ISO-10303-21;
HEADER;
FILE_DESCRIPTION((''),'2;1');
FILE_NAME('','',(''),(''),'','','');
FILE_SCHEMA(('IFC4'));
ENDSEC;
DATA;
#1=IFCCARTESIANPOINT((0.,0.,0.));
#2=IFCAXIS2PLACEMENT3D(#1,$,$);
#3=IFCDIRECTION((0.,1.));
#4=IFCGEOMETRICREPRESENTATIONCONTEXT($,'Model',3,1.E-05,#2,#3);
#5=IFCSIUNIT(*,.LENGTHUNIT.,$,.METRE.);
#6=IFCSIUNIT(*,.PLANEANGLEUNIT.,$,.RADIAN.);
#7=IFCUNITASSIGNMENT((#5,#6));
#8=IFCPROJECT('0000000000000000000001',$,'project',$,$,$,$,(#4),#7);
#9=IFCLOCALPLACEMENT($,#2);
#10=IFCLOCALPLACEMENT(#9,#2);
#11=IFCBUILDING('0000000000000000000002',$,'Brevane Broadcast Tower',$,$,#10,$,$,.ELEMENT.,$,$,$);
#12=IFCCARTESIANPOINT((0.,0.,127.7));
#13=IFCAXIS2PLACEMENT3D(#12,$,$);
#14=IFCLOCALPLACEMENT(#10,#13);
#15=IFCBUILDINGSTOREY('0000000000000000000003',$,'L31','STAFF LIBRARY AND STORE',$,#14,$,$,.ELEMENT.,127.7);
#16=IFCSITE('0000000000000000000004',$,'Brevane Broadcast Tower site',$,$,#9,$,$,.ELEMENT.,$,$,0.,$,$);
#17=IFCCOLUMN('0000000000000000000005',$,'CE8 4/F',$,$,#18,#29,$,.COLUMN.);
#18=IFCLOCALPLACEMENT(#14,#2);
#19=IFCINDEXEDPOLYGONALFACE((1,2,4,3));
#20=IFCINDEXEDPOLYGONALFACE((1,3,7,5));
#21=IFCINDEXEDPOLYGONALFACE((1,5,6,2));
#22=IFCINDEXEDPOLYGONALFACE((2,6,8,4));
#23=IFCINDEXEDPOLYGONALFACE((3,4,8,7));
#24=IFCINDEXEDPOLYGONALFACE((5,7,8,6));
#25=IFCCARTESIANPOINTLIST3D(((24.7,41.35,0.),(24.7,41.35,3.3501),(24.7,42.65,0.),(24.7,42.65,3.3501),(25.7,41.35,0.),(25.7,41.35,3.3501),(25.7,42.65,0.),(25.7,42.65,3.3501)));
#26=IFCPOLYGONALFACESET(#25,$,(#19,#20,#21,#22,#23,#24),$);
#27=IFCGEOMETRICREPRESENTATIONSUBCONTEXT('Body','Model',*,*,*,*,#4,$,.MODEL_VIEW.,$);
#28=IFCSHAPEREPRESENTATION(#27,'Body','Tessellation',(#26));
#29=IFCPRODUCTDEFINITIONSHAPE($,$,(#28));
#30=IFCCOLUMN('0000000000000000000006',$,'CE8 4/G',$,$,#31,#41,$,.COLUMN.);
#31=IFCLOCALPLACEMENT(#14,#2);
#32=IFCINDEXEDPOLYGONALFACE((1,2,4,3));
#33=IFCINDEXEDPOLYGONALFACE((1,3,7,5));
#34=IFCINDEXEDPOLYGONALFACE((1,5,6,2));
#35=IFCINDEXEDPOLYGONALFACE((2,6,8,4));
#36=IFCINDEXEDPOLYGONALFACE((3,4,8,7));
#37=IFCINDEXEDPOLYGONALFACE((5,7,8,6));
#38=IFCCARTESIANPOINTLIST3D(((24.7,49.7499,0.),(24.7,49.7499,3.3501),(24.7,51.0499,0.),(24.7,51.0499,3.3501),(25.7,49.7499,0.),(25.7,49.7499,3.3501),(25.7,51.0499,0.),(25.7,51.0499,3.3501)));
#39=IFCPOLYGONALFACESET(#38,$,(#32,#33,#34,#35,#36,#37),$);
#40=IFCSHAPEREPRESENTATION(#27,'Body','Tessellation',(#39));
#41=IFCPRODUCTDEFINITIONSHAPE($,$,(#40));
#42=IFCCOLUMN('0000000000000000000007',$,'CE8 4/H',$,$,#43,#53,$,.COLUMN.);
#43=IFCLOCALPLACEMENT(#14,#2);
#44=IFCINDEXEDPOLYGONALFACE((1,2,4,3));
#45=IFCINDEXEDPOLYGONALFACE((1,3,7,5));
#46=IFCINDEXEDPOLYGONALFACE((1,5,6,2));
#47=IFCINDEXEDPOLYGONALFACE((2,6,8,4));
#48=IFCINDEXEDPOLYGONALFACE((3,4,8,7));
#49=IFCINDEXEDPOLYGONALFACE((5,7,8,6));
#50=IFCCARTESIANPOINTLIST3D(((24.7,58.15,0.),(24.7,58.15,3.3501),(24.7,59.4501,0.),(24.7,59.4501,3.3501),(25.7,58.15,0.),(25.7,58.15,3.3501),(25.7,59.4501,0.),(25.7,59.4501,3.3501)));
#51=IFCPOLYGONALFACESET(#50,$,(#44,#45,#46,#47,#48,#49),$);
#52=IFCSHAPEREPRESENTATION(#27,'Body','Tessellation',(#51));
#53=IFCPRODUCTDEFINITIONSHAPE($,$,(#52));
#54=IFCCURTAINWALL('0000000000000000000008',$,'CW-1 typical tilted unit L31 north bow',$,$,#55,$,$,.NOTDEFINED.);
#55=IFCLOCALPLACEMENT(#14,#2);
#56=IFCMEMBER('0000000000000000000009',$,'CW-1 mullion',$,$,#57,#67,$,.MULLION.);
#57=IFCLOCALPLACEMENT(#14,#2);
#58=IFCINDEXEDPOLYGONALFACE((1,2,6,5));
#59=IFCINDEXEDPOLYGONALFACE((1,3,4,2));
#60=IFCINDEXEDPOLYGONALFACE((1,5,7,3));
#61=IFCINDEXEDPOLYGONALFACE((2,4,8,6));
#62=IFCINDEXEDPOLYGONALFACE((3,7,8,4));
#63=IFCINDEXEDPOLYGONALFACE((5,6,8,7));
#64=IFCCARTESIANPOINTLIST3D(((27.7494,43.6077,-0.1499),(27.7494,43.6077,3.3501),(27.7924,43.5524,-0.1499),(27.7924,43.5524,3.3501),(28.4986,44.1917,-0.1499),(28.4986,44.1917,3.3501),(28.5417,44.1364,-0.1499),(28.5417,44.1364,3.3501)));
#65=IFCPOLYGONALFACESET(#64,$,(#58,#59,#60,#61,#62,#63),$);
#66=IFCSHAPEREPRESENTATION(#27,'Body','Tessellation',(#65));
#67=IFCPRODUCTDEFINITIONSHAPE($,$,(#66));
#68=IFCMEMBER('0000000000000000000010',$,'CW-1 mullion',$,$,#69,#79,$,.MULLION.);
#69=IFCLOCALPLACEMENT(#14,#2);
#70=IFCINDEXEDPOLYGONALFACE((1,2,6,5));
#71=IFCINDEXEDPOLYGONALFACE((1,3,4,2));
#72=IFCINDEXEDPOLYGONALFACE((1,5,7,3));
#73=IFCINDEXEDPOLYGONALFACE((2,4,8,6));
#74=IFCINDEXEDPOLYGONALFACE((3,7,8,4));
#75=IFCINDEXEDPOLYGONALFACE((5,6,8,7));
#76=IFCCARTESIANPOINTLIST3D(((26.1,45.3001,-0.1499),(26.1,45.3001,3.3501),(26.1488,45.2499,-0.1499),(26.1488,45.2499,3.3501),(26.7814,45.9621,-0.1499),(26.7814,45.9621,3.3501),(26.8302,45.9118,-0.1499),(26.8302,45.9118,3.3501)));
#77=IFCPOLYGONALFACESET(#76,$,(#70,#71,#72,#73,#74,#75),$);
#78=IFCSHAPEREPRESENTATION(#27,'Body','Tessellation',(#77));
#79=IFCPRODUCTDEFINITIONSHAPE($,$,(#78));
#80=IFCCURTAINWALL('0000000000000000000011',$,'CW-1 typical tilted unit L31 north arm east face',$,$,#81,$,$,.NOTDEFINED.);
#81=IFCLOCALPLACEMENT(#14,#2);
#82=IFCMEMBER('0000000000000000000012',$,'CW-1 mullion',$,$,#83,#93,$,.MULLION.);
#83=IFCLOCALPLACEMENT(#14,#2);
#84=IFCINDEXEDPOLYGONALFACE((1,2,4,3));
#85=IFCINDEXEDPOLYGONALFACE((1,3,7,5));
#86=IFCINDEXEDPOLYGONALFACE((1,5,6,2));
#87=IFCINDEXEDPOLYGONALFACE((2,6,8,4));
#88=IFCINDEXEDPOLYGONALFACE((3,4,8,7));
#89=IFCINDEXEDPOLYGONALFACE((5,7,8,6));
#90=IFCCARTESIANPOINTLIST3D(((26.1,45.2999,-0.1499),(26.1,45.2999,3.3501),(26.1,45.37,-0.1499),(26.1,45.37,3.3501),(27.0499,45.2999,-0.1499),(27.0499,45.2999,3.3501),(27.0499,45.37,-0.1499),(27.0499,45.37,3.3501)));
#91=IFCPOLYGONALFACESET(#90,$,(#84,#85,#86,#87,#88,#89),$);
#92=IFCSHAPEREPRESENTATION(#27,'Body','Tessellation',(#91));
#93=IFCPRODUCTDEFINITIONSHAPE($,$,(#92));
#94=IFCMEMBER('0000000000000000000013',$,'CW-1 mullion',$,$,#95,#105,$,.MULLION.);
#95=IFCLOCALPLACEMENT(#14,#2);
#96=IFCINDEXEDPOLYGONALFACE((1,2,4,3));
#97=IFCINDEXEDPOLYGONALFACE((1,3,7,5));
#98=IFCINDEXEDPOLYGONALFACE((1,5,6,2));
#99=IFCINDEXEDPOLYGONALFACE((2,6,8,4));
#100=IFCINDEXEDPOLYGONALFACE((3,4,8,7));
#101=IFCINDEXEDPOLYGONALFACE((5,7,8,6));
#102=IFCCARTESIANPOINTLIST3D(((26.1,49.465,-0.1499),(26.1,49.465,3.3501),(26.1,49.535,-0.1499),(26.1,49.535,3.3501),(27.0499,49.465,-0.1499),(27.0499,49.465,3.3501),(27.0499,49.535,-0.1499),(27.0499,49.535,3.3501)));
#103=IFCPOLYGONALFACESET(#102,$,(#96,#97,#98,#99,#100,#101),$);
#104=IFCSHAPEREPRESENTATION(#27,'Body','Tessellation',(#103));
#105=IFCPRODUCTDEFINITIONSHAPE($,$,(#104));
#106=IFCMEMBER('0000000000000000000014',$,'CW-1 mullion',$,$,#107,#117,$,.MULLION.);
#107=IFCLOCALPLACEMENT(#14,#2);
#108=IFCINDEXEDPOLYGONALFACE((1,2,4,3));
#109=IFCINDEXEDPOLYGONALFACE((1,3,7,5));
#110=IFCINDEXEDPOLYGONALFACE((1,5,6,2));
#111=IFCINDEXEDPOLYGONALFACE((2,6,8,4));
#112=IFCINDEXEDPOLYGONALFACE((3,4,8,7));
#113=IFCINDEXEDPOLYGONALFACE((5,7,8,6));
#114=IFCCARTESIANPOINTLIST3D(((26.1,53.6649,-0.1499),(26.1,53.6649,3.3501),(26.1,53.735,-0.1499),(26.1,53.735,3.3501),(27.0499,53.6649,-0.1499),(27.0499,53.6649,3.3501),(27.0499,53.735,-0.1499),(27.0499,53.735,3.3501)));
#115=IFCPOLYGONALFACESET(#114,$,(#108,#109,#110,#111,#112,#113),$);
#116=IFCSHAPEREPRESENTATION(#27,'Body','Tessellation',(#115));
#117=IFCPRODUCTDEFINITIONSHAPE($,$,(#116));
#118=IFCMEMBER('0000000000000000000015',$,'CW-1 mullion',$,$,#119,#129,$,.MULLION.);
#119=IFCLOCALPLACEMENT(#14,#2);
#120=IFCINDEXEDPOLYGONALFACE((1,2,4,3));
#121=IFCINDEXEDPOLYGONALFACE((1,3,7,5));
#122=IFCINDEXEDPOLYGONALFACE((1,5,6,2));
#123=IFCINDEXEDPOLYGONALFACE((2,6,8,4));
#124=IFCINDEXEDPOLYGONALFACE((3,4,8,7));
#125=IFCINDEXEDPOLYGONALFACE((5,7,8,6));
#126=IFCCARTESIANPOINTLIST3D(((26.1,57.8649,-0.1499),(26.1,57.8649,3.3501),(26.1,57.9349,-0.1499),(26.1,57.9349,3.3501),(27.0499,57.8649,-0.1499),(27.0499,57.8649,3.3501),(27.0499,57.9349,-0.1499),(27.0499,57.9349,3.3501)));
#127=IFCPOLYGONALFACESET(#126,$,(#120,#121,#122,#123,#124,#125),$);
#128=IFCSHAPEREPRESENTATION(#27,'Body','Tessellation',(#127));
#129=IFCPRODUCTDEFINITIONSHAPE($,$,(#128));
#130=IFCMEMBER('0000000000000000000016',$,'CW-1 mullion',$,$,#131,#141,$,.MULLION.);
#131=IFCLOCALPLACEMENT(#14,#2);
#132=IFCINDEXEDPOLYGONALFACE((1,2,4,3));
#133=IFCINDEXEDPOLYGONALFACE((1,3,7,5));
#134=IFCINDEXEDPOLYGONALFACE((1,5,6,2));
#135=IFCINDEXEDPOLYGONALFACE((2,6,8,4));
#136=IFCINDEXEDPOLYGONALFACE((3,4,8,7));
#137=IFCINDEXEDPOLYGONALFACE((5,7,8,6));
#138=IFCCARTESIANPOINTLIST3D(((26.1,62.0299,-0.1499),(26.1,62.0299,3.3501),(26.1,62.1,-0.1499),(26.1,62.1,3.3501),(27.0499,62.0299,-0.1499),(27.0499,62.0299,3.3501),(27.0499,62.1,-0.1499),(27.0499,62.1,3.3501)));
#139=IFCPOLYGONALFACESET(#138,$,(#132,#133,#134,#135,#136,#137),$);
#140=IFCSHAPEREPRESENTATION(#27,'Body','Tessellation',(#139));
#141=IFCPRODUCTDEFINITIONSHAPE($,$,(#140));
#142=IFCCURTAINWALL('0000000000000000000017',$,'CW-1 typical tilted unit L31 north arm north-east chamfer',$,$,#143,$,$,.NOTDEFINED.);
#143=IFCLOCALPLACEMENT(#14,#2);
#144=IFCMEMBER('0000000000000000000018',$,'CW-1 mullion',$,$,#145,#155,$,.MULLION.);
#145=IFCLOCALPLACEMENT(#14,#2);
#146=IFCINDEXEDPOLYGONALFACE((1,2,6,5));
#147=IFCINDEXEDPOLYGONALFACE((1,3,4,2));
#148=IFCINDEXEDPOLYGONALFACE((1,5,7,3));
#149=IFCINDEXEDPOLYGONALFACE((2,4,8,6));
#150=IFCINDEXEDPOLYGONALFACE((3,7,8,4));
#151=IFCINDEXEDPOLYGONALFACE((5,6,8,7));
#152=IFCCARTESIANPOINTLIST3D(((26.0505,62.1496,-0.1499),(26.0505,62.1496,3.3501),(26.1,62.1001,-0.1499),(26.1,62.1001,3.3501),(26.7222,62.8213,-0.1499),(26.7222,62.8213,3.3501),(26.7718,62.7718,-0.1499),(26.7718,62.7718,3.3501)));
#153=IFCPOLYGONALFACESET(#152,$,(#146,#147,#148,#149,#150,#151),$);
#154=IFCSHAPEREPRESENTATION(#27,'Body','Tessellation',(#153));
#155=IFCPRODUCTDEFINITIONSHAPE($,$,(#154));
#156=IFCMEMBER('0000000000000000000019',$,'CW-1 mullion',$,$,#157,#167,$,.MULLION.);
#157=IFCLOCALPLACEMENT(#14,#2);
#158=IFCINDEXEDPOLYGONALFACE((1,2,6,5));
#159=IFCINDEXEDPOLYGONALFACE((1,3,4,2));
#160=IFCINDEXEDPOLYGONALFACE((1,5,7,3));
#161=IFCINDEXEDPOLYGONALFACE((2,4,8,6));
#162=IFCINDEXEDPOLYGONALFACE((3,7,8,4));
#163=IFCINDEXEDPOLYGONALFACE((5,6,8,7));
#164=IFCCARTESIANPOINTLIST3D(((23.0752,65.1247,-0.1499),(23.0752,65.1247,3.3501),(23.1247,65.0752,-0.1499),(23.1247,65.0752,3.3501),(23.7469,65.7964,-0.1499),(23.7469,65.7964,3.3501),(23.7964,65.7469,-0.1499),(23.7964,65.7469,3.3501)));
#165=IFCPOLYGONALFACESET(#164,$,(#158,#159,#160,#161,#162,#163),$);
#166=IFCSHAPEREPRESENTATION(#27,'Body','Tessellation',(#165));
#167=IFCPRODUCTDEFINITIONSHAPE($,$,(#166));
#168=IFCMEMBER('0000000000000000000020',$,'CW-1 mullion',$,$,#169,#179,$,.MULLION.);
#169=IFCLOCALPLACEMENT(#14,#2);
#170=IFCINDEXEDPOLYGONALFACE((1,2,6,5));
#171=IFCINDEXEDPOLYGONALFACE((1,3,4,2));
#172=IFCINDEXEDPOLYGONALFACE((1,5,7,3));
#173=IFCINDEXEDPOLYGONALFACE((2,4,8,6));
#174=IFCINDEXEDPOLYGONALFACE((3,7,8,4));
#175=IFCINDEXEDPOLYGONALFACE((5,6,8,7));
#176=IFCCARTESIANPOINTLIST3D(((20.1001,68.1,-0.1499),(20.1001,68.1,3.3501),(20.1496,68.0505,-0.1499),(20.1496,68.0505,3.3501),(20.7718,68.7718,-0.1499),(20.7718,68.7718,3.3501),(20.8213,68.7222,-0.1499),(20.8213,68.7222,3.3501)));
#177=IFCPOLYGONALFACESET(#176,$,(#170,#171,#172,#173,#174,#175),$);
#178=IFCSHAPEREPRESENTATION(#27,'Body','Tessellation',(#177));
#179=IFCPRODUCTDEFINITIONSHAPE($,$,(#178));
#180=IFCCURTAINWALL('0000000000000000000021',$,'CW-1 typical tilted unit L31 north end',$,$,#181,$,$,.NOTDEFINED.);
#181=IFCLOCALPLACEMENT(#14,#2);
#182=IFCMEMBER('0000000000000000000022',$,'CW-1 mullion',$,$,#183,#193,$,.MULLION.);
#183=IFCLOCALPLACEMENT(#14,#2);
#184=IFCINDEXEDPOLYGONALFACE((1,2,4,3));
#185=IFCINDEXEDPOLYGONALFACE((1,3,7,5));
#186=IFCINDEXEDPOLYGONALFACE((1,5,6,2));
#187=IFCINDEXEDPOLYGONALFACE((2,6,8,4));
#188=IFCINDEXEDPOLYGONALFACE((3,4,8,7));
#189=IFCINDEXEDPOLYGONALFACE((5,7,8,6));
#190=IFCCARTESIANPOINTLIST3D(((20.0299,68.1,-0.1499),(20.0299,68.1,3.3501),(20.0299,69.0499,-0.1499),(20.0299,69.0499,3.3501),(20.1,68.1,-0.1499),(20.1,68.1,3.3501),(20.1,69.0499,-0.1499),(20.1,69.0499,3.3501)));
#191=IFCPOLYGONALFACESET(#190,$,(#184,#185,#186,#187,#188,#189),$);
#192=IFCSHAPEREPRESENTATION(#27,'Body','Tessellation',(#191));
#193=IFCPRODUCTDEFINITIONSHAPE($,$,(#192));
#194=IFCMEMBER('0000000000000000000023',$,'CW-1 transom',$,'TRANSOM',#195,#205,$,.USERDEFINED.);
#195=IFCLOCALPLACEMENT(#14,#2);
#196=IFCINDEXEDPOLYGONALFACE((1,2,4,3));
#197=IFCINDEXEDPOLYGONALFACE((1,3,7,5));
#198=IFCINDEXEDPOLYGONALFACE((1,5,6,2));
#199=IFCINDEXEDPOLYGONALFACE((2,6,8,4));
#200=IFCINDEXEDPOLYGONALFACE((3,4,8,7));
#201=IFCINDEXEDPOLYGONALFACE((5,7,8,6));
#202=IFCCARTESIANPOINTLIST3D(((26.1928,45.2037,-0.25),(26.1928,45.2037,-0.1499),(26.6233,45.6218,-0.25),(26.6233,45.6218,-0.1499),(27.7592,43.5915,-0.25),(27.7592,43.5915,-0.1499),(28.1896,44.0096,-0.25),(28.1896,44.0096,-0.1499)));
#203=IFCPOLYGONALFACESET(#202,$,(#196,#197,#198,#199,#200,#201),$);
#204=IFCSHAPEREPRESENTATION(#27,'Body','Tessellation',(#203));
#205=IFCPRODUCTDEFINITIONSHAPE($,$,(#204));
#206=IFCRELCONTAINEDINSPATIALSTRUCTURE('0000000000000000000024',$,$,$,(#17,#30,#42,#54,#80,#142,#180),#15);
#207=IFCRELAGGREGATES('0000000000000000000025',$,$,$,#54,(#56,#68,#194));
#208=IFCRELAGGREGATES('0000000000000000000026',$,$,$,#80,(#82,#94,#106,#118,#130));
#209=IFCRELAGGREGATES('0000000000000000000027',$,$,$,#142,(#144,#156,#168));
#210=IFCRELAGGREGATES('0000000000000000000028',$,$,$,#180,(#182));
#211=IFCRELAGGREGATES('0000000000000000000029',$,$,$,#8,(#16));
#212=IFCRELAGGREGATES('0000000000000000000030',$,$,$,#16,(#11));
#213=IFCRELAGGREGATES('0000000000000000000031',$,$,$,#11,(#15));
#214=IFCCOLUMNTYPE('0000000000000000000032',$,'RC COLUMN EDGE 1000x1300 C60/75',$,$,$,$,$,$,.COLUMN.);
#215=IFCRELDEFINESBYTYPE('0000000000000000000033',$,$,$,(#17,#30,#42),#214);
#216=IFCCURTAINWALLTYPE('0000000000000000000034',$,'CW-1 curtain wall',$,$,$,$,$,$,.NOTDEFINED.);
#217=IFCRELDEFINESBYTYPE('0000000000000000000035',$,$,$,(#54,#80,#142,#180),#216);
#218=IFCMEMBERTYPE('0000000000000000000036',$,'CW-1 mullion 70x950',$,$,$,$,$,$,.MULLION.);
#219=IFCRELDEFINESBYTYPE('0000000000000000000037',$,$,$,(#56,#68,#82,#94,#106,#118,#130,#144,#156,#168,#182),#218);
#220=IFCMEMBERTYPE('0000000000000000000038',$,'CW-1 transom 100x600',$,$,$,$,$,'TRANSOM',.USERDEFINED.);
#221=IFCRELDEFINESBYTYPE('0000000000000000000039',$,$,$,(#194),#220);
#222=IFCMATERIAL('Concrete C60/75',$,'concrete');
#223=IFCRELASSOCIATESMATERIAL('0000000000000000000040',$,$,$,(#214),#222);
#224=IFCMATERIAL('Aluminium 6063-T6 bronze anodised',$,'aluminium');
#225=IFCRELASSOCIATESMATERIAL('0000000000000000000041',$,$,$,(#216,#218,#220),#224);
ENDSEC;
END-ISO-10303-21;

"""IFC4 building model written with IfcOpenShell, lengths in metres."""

from ifc_helpers import new_model, si_unit, direction, frame, origin, origin_2d, place, context, subcontext, project, spatial, rectangle, extrude, material, material_profile, profile_set, type_object, element, aggregate, save


model = new_model("IFC4")

# Units and contexts
model_context = context("Model", 3, precision=1e-05, world=origin(), true_north=direction((0.0, 1.0)))
body_context = subcontext(model_context, "Body", "Model", "MODEL_VIEW")
ifc_project = project(units=[si_unit("LENGTHUNIT", "METRE"), si_unit("PLANEANGLEUNIT", "RADIAN")], contexts=[model_context])

# Site, building, storey
site_placement = place(None, origin())
site = spatial("IfcSite", under=ifc_project, at=site_placement, Name="Brevane Broadcast Tower site", CompositionType="ELEMENT", RefElevation=0.0)
building_placement = place(site_placement, origin())
building = spatial("IfcBuilding", under=site, at=building_placement, Name="Brevane Broadcast Tower", CompositionType="ELEMENT")
storey_placement = place(building_placement, frame((0.0, 0.0, 127.7)))
storey = spatial("IfcBuildingStorey", under=building, at=storey_placement, Name="L31", Description="STAFF LIBRARY AND STORE", CompositionType="ELEMENT", Elevation=127.7)

# Columns
ifc_material_1 = material(Name="Concrete C60/75", Category="concrete")
ifc_material_profile_1 = material_profile(ifc_material_1, rectangle(XDim=1.0, YDim=1.3, at=origin_2d()), Name="RC 1000x1300")
ifc_profile_set_1 = profile_set([ifc_material_profile_1], Name="Concrete C60/75")
column_type = type_object("IfcColumnType", Name="RC COLUMN EDGE 1000x1300 C60/75", PredefinedType="COLUMN", material=ifc_profile_set_1)
for number, where, z_axis, x_axis, name in (
    (1, (25.2, 42.0, 0.0), (0.0, 0.0, 1.0), (1.0, 0.0, 0.0), "CE8 4/F"),
    (2, (25.2, 50.3999, 0.0), (0.0, 0.0, 1.0), (1.0, 0.0, 0.0), "CE8 4/G"),
    (3, (25.2, 58.8, 0.0), (0.0, 0.0, 1.0), (1.0, 0.0, 0.0), "CE8 4/H"),
):
    element("IfcColumn", number, at=place(storey_placement, frame(where, z_axis=z_axis, x_axis=x_axis)), inside=storey, type_object=column_type, Name=name, PredefinedType="COLUMN", context=body_context, shape_type="SweptSolid", body=[
        extrude(rectangle(XDim=1.0, YDim=1.3, at=origin_2d()), origin(), (0.0, 0.0, 1.0), 3.3501),
    ])

# Curtain walls, members
ifc_material_2 = material(Name="Aluminium 6063-T6 bronze anodised", Category="aluminium")
curtain_wall_type = type_object("IfcCurtainWallType", Name="CW-1 curtain wall", PredefinedType="NOTDEFINED", material=ifc_material_2)
curtain_wall_1_placement = place(storey_placement, origin())
curtain_wall_1 = element("IfcCurtainWall", 4, at=curtain_wall_1_placement, inside=storey, type_object=curtain_wall_type, Name="CW-1 typical tilted unit L31 north bow", PredefinedType="NOTDEFINED")
ifc_material_profile_2 = material_profile(ifc_material_2, rectangle(XDim=0.95, YDim=0.0701, at=origin_2d()), Name="RECT 70x950")
ifc_profile_set_2 = profile_set([ifc_material_profile_2], Name="Aluminium 6063-T6 bronze anodised")
member_type_1 = type_object("IfcMemberType", Name="CW-1 mullion 70x950", PredefinedType="MULLION", material=ifc_profile_set_2)
member_1_placement = place(storey_placement, frame((28.1455, 43.8721, -0.1499), z_axis=(0.0, 0.0, 1.0), x_axis=(-0.788707, -0.61477, 0.0)))
member_1 = element("IfcMember", 5, at=member_1_placement, type_object=member_type_1, Name="CW-1 mullion", PredefinedType="MULLION", context=body_context, shape_type="SweptSolid", body=[
    extrude(rectangle(XDim=0.95, YDim=0.0701, at=origin_2d()), origin(), (0.0, 0.0, 1.0), 3.5),
])
member_2_placement = place(storey_placement, frame((26.4651, 45.606, -0.1499), z_axis=(0.0, 0.0, 1.0), x_axis=(-0.717254, -0.696812, 0.0)))
member_2 = element("IfcMember", 6, at=member_2_placement, type_object=member_type_1, Name="CW-1 mullion", PredefinedType="MULLION", context=body_context, shape_type="SweptSolid", body=[
    extrude(rectangle(XDim=0.95, YDim=0.0701, at=origin_2d()), origin(), (0.0, 0.0, 1.0), 3.5),
])
curtain_wall_2_placement = place(storey_placement, origin())
curtain_wall_2 = element("IfcCurtainWall", 7, at=curtain_wall_2_placement, inside=storey, type_object=curtain_wall_type, Name="CW-1 typical tilted unit L31 north arm east face", PredefinedType="NOTDEFINED")
member_3_placement = place(storey_placement, frame((26.575, 45.335, -0.1499), z_axis=(0.0, 0.0, 1.0), x_axis=(-1.0, 0.0, 0.0)))
member_3 = element("IfcMember", 8, at=member_3_placement, type_object=member_type_1, Name="CW-1 mullion", PredefinedType="MULLION", context=body_context, shape_type="SweptSolid", body=[
    extrude(rectangle(XDim=0.95, YDim=0.0701, at=origin_2d()), origin(), (0.0, 0.0, 1.0), 3.5),
])
member_4_placement = place(storey_placement, frame((26.575, 49.5, -0.1499), z_axis=(0.0, 0.0, 1.0), x_axis=(-1.0, 0.0, 0.0)))
member_4 = element("IfcMember", 9, at=member_4_placement, type_object=member_type_1, Name="CW-1 mullion", PredefinedType="MULLION", context=body_context, shape_type="SweptSolid", body=[
    extrude(rectangle(XDim=0.95, YDim=0.0701, at=origin_2d()), origin(), (0.0, 0.0, 1.0), 3.5),
])
member_5_placement = place(storey_placement, frame((26.575, 53.7, -0.1499), z_axis=(0.0, 0.0, 1.0), x_axis=(-1.0, 0.0, 0.0)))
member_5 = element("IfcMember", 10, at=member_5_placement, type_object=member_type_1, Name="CW-1 mullion", PredefinedType="MULLION", context=body_context, shape_type="SweptSolid", body=[
    extrude(rectangle(XDim=0.95, YDim=0.0701, at=origin_2d()), origin(), (0.0, 0.0, 1.0), 3.5),
])
member_6_placement = place(storey_placement, frame((26.575, 57.8999, -0.1499), z_axis=(0.0, 0.0, 1.0), x_axis=(-1.0, 0.0, 0.0)))
member_6 = element("IfcMember", 11, at=member_6_placement, type_object=member_type_1, Name="CW-1 mullion", PredefinedType="MULLION", context=body_context, shape_type="SweptSolid", body=[
    extrude(rectangle(XDim=0.95, YDim=0.0701, at=origin_2d()), origin(), (0.0, 0.0, 1.0), 3.5),
])
member_7_placement = place(storey_placement, frame((26.575, 62.0649, -0.1499), z_axis=(0.0, 0.0, 1.0), x_axis=(-1.0, 0.0, 0.0)))
member_7 = element("IfcMember", 12, at=member_7_placement, type_object=member_type_1, Name="CW-1 mullion", PredefinedType="MULLION", context=body_context, shape_type="SweptSolid", body=[
    extrude(rectangle(XDim=0.95, YDim=0.0701, at=origin_2d()), origin(), (0.0, 0.0, 1.0), 3.5),
])
curtain_wall_3_placement = place(storey_placement, origin())
curtain_wall_3 = element("IfcCurtainWall", 13, at=curtain_wall_3_placement, inside=storey, type_object=curtain_wall_type, Name="CW-1 typical tilted unit L31 north arm north-east chamfer", PredefinedType="NOTDEFINED")
member_8_placement = place(storey_placement, frame((26.4111, 62.4607, -0.1499), z_axis=(0.0, 0.0, 1.0), x_axis=(-0.707107, -0.707107, 0.0)))
member_8 = element("IfcMember", 14, at=member_8_placement, type_object=member_type_1, Name="CW-1 mullion", PredefinedType="MULLION", context=body_context, shape_type="SweptSolid", body=[
    extrude(rectangle(XDim=0.95, YDim=0.0701, at=origin_2d()), origin(), (0.0, 0.0, 1.0), 3.5),
])
member_9_placement = place(storey_placement, frame((23.4358, 65.4358, -0.1499), z_axis=(0.0, 0.0, 1.0), x_axis=(-0.707107, -0.707107, 0.0)))
member_9 = element("IfcMember", 15, at=member_9_placement, type_object=member_type_1, Name="CW-1 mullion", PredefinedType="MULLION", context=body_context, shape_type="SweptSolid", body=[
    extrude(rectangle(XDim=0.95, YDim=0.0701, at=origin_2d()), origin(), (0.0, 0.0, 1.0), 3.5),
])
member_10_placement = place(storey_placement, frame((20.4607, 68.4111, -0.1499), z_axis=(0.0, 0.0, 1.0), x_axis=(-0.707107, -0.707107, 0.0)))
member_10 = element("IfcMember", 16, at=member_10_placement, type_object=member_type_1, Name="CW-1 mullion", PredefinedType="MULLION", context=body_context, shape_type="SweptSolid", body=[
    extrude(rectangle(XDim=0.95, YDim=0.0701, at=origin_2d()), origin(), (0.0, 0.0, 1.0), 3.5),
])

# Curtain wall, member
curtain_wall_4_placement = place(storey_placement, origin())
curtain_wall_4 = element("IfcCurtainWall", 17, at=curtain_wall_4_placement, inside=storey, type_object=curtain_wall_type, Name="CW-1 typical tilted unit L31 north end", PredefinedType="NOTDEFINED")
member_11_placement = place(storey_placement, frame((20.0649, 68.575, -0.1499), z_axis=(0.0, 0.0, 1.0), x_axis=(0.0, -1.0, 0.0)))
member_11 = element("IfcMember", 18, at=member_11_placement, type_object=member_type_1, Name="CW-1 mullion", PredefinedType="MULLION", context=body_context, shape_type="SweptSolid", body=[
    extrude(rectangle(XDim=0.95, YDim=0.0701, at=origin_2d()), origin(), (0.0, 0.0, 1.0), 3.5),
])

# Member
ifc_material_profile_3 = material_profile(ifc_material_2, rectangle(XDim=0.6001, YDim=0.1001, at=origin_2d()), Name="RECT 100x600")
ifc_profile_set_3 = profile_set([ifc_material_profile_3], Name="Aluminium 6063-T6 bronze anodised")
member_type_2 = type_object("IfcMemberType", Name="CW-1 transom 100x600", ElementType="TRANSOM", PredefinedType="USERDEFINED", material=ifc_profile_set_3)
member_12_placement = place(storey_placement, frame((27.9744, 43.8005, -0.2), z_axis=(-0.696824, 0.717242, 0.0), x_axis=(-0.717242, -0.696824, 0.0)))
member_12 = element("IfcMember", 19, at=member_12_placement, type_object=member_type_2, Name="CW-1 transom", ObjectType="TRANSOM", PredefinedType="USERDEFINED", context=body_context, shape_type="SweptSolid", body=[
    extrude(rectangle(XDim=0.6001, YDim=0.1001, at=origin_2d()), origin(), (0.0, 0.0, 1.0), 2.2478),
])
aggregate(curtain_wall_1, [member_1, member_2, member_12])
aggregate(curtain_wall_2, [member_3, member_4, member_5, member_6, member_7])
aggregate(curtain_wall_3, [member_8, member_9, member_10])
aggregate(curtain_wall_4, [member_11])

save(model, "model.ifc")
